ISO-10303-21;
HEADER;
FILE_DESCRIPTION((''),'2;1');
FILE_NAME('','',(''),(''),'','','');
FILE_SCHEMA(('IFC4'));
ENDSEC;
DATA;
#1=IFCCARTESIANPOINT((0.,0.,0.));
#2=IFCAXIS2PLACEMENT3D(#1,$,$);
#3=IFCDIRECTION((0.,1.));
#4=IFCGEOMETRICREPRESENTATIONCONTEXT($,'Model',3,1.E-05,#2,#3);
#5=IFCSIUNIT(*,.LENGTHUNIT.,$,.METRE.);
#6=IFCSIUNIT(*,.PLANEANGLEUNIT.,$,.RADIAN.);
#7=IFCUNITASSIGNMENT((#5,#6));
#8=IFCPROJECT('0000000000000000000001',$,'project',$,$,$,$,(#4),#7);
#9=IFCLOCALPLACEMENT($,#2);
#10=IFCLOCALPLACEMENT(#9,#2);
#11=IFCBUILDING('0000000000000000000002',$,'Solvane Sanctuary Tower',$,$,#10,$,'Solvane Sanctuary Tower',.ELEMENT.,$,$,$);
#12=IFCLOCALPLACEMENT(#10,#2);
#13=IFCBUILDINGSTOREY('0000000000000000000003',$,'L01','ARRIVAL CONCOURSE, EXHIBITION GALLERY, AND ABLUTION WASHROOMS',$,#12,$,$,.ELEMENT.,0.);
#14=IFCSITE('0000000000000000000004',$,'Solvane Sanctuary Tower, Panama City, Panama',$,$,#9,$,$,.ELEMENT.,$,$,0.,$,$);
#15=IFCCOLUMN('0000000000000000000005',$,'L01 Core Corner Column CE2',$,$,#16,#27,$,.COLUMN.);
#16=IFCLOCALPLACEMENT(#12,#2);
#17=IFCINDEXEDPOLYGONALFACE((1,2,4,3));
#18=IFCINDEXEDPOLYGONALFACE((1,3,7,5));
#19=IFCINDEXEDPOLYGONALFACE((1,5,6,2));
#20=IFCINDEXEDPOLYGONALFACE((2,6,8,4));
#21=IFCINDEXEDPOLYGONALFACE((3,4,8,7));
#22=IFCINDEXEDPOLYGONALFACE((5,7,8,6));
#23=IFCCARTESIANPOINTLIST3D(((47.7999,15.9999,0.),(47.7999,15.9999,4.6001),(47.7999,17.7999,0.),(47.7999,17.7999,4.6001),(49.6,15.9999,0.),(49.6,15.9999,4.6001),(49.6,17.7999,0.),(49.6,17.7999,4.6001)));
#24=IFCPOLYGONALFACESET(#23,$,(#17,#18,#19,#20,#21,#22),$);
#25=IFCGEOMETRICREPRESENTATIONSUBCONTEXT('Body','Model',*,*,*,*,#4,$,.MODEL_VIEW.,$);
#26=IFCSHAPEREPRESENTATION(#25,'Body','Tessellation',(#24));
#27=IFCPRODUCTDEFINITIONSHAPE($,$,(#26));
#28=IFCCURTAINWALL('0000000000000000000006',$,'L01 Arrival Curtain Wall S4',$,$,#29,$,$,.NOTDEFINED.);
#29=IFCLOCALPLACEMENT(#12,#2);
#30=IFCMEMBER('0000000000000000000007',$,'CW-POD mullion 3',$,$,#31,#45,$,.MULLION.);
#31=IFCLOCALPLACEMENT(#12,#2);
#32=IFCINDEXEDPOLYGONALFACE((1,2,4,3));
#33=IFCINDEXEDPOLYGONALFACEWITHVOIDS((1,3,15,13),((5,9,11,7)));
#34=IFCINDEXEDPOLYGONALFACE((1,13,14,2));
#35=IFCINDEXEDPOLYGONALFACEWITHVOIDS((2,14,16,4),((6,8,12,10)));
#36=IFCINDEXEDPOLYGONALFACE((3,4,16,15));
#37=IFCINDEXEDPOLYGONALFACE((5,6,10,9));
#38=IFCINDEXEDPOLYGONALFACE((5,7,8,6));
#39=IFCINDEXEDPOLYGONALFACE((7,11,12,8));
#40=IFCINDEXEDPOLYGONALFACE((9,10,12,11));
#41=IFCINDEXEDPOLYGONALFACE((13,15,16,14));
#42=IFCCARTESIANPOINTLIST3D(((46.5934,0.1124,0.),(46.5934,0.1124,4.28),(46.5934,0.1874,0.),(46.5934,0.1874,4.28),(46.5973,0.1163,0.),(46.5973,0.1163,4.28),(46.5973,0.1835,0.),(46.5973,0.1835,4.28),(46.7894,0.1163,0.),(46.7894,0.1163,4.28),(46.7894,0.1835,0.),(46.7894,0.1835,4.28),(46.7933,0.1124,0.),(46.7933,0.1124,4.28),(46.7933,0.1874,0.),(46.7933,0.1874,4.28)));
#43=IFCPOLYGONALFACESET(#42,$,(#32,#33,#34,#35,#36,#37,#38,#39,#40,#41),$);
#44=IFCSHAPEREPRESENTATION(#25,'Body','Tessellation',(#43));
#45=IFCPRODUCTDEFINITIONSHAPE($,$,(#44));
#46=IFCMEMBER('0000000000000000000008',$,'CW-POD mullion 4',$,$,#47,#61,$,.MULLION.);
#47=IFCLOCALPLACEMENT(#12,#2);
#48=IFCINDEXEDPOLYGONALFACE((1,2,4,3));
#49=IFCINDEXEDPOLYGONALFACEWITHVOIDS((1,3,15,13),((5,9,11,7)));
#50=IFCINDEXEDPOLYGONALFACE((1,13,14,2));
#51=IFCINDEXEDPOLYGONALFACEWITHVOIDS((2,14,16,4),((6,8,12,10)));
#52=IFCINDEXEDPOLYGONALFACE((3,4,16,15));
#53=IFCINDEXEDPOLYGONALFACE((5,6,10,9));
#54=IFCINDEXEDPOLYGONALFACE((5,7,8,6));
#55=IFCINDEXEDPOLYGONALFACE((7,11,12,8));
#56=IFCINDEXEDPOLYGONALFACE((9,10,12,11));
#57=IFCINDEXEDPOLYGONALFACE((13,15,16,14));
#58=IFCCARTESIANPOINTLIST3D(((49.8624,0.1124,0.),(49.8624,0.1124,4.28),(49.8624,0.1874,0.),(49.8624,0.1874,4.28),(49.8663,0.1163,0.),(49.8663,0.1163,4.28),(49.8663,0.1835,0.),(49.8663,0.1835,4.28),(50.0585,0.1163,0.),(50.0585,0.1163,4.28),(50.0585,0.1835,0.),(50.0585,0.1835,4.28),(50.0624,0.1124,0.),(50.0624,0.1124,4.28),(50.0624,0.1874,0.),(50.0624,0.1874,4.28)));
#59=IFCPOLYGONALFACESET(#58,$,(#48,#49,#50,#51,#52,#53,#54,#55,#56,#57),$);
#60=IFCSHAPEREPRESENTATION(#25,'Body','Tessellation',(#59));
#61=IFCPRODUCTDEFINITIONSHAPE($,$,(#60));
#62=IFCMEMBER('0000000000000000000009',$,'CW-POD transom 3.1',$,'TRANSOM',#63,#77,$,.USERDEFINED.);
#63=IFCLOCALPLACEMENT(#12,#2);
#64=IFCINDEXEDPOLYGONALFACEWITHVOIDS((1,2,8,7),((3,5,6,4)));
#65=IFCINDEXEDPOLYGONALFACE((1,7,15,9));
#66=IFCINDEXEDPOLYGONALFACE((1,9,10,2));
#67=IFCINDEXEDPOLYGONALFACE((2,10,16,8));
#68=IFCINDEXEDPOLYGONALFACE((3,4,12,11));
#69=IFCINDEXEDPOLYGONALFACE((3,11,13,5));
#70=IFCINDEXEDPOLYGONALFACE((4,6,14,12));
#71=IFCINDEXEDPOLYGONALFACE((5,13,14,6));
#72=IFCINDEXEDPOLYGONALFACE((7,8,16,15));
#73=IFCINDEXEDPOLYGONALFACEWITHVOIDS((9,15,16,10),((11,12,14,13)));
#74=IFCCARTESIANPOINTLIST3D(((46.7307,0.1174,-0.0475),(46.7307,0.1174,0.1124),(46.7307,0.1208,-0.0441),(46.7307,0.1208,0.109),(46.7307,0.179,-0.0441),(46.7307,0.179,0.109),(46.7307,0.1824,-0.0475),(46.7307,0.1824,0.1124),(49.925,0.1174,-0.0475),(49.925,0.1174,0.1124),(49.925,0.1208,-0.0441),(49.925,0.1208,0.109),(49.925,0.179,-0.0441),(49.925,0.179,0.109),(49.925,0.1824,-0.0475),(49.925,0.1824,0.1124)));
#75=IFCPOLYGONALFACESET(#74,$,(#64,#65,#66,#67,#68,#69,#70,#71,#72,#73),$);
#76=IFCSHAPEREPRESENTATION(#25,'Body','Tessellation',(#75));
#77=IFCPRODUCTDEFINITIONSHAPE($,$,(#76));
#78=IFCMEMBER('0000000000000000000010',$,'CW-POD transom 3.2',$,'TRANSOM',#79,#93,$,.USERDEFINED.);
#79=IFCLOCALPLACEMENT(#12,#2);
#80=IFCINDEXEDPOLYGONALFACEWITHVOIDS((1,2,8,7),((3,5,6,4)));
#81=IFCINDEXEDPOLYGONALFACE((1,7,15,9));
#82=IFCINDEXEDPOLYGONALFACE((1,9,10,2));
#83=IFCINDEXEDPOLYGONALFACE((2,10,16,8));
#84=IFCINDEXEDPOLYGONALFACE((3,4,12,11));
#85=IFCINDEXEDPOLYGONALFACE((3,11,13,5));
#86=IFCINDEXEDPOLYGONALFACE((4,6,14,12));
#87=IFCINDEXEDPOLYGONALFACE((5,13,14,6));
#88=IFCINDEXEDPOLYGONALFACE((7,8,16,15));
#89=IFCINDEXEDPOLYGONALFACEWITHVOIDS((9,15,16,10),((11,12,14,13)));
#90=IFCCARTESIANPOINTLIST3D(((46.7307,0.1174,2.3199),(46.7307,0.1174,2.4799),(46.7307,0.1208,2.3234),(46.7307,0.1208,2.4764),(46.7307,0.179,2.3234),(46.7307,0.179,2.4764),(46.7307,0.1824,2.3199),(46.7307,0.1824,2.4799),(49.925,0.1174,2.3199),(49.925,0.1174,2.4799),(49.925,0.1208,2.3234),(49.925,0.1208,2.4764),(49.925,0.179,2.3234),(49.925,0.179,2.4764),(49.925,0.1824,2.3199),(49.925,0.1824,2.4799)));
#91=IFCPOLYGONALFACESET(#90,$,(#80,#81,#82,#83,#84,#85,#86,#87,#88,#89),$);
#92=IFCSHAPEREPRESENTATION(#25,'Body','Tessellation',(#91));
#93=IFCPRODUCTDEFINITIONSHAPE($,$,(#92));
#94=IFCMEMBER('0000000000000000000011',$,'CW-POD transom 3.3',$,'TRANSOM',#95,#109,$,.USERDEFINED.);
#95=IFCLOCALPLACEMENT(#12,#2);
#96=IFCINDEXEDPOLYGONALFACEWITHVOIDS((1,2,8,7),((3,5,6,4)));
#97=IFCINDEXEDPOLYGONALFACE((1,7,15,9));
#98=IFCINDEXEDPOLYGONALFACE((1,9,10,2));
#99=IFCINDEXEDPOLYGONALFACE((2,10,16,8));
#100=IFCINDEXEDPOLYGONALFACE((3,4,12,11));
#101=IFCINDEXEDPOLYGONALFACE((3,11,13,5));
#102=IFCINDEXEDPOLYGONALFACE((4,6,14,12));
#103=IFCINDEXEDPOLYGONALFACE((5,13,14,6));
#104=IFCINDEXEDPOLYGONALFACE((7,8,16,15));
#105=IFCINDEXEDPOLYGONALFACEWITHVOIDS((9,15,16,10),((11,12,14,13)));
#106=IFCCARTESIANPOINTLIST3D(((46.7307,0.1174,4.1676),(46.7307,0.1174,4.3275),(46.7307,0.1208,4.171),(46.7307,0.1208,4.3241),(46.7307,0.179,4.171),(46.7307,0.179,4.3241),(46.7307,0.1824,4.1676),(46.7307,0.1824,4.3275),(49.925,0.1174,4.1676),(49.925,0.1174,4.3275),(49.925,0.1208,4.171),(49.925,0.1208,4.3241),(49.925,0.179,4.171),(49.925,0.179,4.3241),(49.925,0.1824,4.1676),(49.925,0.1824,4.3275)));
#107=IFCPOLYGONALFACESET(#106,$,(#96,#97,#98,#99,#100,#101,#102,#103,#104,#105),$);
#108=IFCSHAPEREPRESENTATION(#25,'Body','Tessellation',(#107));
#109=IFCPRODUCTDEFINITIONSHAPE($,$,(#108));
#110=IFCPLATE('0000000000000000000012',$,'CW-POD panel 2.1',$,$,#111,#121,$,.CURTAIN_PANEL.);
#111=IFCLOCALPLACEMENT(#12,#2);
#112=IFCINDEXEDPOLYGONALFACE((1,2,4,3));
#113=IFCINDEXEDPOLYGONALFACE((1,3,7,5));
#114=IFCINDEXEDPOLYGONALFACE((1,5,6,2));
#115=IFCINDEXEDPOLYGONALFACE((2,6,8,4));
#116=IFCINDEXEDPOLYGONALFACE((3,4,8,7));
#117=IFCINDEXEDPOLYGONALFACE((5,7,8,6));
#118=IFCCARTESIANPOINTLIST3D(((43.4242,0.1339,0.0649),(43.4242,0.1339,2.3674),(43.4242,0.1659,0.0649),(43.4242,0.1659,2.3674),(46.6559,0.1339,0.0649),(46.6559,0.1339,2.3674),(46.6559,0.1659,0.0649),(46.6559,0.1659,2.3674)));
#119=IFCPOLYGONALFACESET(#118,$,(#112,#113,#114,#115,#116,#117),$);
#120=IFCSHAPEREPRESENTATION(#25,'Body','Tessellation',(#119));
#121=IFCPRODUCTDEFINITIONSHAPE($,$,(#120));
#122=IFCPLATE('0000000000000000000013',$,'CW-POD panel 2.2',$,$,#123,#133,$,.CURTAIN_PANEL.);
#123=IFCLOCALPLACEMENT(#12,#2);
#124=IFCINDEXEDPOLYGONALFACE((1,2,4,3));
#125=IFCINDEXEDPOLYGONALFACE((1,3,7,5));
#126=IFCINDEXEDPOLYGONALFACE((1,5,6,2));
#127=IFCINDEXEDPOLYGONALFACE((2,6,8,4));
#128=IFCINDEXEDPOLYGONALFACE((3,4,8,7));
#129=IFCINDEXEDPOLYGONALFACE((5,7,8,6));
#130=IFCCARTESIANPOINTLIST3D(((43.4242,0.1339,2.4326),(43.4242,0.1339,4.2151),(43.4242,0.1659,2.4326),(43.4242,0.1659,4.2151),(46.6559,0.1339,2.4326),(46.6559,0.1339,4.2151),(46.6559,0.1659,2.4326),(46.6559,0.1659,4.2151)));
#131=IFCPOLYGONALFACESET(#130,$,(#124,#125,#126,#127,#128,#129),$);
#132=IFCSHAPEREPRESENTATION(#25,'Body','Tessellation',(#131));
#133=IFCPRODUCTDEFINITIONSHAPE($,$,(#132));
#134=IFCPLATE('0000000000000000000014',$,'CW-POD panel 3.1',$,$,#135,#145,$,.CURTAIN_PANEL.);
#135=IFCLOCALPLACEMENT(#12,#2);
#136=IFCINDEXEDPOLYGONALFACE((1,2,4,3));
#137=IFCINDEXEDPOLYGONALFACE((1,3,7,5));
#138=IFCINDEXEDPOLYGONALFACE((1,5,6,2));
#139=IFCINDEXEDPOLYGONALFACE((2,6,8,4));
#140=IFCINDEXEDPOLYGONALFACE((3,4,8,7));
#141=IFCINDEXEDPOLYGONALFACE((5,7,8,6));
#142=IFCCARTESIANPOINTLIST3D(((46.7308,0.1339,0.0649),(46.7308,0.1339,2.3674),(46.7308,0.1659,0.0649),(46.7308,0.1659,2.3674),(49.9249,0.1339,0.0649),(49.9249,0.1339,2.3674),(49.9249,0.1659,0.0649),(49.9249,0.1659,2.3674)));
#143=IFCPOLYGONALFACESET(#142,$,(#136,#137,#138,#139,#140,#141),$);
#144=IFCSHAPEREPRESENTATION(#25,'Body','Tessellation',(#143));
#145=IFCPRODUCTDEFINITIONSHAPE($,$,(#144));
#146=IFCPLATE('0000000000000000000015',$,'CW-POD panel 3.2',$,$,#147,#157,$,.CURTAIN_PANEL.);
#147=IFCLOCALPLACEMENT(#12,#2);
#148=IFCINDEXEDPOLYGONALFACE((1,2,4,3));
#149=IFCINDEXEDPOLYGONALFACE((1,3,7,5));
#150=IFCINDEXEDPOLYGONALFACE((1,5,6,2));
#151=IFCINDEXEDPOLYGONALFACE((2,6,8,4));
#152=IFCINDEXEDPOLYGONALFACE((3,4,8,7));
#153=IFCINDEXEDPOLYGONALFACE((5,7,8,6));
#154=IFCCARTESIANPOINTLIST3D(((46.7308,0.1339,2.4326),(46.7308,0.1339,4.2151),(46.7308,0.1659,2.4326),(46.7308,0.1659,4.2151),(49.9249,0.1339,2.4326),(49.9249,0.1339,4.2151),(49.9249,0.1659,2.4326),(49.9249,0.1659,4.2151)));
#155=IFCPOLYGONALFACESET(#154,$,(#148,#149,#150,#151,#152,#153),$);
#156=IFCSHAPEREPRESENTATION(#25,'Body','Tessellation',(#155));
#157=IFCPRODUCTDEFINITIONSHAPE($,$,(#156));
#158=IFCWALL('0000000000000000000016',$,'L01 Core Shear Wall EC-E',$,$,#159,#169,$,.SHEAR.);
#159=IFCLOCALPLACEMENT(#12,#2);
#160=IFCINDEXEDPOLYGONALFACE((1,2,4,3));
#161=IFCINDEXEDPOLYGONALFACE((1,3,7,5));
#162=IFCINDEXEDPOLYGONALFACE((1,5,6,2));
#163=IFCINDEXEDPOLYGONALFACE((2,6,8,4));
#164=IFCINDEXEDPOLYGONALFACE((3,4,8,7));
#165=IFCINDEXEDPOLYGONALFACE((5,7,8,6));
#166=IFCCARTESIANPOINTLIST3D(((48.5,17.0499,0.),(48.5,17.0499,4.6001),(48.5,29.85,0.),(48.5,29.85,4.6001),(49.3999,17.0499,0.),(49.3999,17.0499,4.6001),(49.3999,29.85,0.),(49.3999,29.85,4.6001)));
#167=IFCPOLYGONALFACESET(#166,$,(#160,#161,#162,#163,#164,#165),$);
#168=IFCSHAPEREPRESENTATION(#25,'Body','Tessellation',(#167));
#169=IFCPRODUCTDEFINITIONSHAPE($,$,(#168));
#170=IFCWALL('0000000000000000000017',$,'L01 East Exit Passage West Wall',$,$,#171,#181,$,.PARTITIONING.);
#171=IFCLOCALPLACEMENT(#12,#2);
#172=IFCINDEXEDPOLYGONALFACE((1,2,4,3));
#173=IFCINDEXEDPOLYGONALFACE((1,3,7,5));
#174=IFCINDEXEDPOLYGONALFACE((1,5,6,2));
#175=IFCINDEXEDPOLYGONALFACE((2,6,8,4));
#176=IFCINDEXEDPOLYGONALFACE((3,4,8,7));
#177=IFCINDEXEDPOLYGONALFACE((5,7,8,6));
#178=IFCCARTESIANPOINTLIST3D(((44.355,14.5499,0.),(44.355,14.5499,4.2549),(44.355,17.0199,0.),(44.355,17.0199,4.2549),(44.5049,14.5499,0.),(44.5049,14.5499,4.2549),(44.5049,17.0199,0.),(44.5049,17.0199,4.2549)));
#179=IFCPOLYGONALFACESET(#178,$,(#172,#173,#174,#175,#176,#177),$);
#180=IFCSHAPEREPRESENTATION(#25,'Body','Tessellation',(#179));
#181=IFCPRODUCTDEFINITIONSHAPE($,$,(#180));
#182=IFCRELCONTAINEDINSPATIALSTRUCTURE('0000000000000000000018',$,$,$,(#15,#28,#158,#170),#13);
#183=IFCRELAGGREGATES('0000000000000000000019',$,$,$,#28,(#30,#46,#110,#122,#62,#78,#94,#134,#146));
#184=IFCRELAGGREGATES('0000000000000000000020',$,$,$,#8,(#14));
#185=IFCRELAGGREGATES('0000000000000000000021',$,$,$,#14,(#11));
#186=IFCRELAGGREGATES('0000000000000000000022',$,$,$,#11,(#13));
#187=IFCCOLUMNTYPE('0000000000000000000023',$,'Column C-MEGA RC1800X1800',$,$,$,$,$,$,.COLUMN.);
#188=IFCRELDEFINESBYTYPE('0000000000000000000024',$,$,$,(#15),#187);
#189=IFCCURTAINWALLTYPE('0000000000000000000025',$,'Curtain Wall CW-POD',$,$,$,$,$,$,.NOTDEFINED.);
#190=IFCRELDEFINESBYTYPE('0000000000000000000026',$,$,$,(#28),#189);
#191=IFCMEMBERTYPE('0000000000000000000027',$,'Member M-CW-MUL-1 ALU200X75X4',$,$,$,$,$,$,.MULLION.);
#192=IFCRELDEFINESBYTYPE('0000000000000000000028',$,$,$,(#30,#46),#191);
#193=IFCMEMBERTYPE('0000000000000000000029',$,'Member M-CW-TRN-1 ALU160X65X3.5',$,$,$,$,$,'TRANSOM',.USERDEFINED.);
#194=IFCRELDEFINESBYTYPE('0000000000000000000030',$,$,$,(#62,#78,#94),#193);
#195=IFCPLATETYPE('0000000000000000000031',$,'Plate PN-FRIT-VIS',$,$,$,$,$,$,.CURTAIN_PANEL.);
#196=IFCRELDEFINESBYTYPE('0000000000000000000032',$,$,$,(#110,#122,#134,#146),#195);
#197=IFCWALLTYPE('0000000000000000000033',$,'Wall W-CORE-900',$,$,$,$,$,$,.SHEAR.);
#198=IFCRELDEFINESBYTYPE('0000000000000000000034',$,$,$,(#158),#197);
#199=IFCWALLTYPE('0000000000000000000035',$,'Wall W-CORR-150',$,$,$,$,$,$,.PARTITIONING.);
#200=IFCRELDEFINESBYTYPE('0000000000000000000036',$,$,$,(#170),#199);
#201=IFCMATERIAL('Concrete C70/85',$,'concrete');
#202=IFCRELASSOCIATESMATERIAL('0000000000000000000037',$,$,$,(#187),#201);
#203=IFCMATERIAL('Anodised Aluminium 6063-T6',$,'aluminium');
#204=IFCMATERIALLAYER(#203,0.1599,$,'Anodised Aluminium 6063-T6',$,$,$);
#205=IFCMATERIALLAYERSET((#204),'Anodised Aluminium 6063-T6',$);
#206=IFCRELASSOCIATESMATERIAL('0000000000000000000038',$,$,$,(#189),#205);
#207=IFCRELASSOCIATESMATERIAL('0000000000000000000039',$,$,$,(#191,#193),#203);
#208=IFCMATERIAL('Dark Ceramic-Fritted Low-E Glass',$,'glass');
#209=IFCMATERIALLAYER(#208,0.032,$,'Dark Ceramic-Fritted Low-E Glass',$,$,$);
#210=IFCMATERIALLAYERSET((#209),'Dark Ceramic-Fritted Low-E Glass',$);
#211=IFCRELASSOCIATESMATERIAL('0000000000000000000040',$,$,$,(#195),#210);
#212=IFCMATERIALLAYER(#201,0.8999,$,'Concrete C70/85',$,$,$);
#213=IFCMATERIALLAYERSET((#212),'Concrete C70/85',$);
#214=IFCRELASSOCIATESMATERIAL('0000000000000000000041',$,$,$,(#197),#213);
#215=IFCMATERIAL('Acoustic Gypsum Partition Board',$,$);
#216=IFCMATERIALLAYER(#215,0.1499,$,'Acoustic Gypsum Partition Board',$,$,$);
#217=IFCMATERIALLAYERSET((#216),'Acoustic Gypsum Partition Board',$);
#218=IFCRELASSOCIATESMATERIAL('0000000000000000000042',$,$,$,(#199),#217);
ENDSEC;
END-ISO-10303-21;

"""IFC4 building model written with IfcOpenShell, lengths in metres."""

from ifc_helpers import new_model, si_unit, direction, frame, frame_2d, origin, origin_2d, place, context, subcontext, project, spatial, rectangle, hollow_rectangle, extrude, material, layer, layer_set, material_profile, profile_set, type_object, element, aggregate, save


model = new_model("IFC4")

# Units and contexts
model_context = context("Model", 3, precision=1e-05, world=origin(), true_north=direction((0.0, 1.0)))
body_context = subcontext(model_context, "Body", "Model", "MODEL_VIEW")
ifc_project = project(units=[si_unit("LENGTHUNIT", "METRE"), si_unit("PLANEANGLEUNIT", "RADIAN")], contexts=[model_context])

# Site, building, storey
site_placement = place(None, origin())
site = spatial("IfcSite", under=ifc_project, at=site_placement, Name="Solvane Sanctuary Tower, Panama City, Panama", CompositionType="ELEMENT", RefElevation=0.0)
building_placement = place(site_placement, origin())
building = spatial("IfcBuilding", under=site, at=building_placement, Name="Solvane Sanctuary Tower", LongName="Solvane Sanctuary Tower", CompositionType="ELEMENT")
storey_placement = place(building_placement, origin())
storey = spatial("IfcBuildingStorey", under=building, at=storey_placement, Name="L01", Description="ARRIVAL CONCOURSE, EXHIBITION GALLERY, AND ABLUTION WASHROOMS", CompositionType="ELEMENT", Elevation=0.0)

# Column
ifc_material_1 = material(Name="Concrete C70/85", Category="concrete")
ifc_material_profile_1 = material_profile(ifc_material_1, rectangle(XDim=1.8, YDim=1.8, at=origin_2d()), Name="RC1800X1800")
ifc_profile_set_1 = profile_set([ifc_material_profile_1], Name="Concrete C70/85")
column_type = type_object("IfcColumnType", Name="Column C-MEGA RC1800X1800", PredefinedType="COLUMN", material=ifc_profile_set_1)
column_placement = place(storey_placement, frame((48.7, 16.8999, 0.0), z_axis=(0.0, 0.0, 1.0), x_axis=(1.0, 0.0, 0.0)))
element("IfcColumn", 1, at=column_placement, inside=storey, type_object=column_type, Name="L01 Core Corner Column CE2", PredefinedType="COLUMN", context=body_context, shape_type="SweptSolid", body=[
    extrude(rectangle(XDim=1.8, YDim=1.8, at=origin_2d()), origin(), (0.0, 0.0, 1.0), 4.6001),
])

# Curtain wall, members, plates
ifc_material_2 = material(Name="Anodised Aluminium 6063-T6", Category="aluminium")
ifc_layer_1 = layer(ifc_material_2, 0.1599, Name="Anodised Aluminium 6063-T6")
ifc_layer_set_1 = layer_set([ifc_layer_1], Name="Anodised Aluminium 6063-T6")
curtain_wall_type = type_object("IfcCurtainWallType", Name="Curtain Wall CW-POD", PredefinedType="NOTDEFINED", material=ifc_layer_set_1)
curtain_wall_placement = place(storey_placement, origin())
curtain_wall = element("IfcCurtainWall", 2, at=curtain_wall_placement, inside=storey, type_object=curtain_wall_type, Name="L01 Arrival Curtain Wall S4", PredefinedType="NOTDEFINED")
ifc_material_profile_2 = material_profile(ifc_material_2, hollow_rectangle(XDim=0.075, YDim=0.2, WallThickness=0.0039, at=origin_2d()), Name="ALU200X75X4")
ifc_profile_set_2 = profile_set([ifc_material_profile_2], Name="Anodised Aluminium 6063-T6")
member_type_1 = type_object("IfcMemberType", Name="Member M-CW-MUL-1 ALU200X75X4", PredefinedType="MULLION", material=ifc_profile_set_2)
member_1_placement = place(storey_placement, frame((46.6934, 0.1499, 0.0), z_axis=(0.0, 0.0, 1.0), x_axis=(0.0, 1.0, 0.0)))
member_1 = element("IfcMember", 3, at=member_1_placement, type_object=member_type_1, Name="CW-POD mullion 3", PredefinedType="MULLION", context=body_context, shape_type="SweptSolid", body=[
    extrude(hollow_rectangle(XDim=0.075, YDim=0.2, WallThickness=0.0039, at=origin_2d()), origin(), (0.0, 0.0, 1.0), 4.28),
])
member_2_placement = place(storey_placement, frame((49.9624, 0.1499, 0.0), z_axis=(0.0, 0.0, 1.0), x_axis=(0.0, 1.0, 0.0)))
member_2 = element("IfcMember", 4, at=member_2_placement, type_object=member_type_1, Name="CW-POD mullion 4", PredefinedType="MULLION", context=body_context, shape_type="SweptSolid", body=[
    extrude(hollow_rectangle(XDim=0.075, YDim=0.2, WallThickness=0.0039, at=origin_2d()), origin(), (0.0, 0.0, 1.0), 4.28),
])
ifc_material_profile_3 = material_profile(ifc_material_2, hollow_rectangle(XDim=0.0649, YDim=0.1599, WallThickness=0.0034, at=origin_2d()), Name="ALU160X65X3.5")
ifc_profile_set_3 = profile_set([ifc_material_profile_3], Name="Anodised Aluminium 6063-T6")
member_type_2 = type_object("IfcMemberType", Name="Member M-CW-TRN-1 ALU160X65X3.5", ElementType="TRANSOM", PredefinedType="USERDEFINED", material=ifc_profile_set_3)
member_3_placement = place(storey_placement, frame((46.7307, 0.1499, 0.0325), z_axis=(1.0, 0.0, 0.0), x_axis=(0.0, 1.0, 0.0)))
member_3 = element("IfcMember", 5, at=member_3_placement, type_object=member_type_2, Name="CW-POD transom 3.1", ObjectType="TRANSOM", PredefinedType="USERDEFINED", context=body_context, shape_type="SweptSolid", body=[
    extrude(hollow_rectangle(XDim=0.0649, YDim=0.1599, WallThickness=0.0034, at=origin_2d()), origin(), (0.0, 0.0, 1.0), 3.1943),
])
member_4_placement = place(storey_placement, frame((46.7307, 0.1499, 2.3999), z_axis=(1.0, 0.0, 0.0), x_axis=(0.0, 1.0, 0.0)))
member_4 = element("IfcMember", 6, at=member_4_placement, type_object=member_type_2, Name="CW-POD transom 3.2", ObjectType="TRANSOM", PredefinedType="USERDEFINED", context=body_context, shape_type="SweptSolid", body=[
    extrude(hollow_rectangle(XDim=0.0649, YDim=0.1599, WallThickness=0.0034, at=origin_2d()), origin(), (0.0, 0.0, 1.0), 3.1943),
])
member_5_placement = place(storey_placement, frame((46.7307, 0.1499, 4.2476), z_axis=(1.0, 0.0, 0.0), x_axis=(0.0, 1.0, 0.0)))
member_5 = element("IfcMember", 7, at=member_5_placement, type_object=member_type_2, Name="CW-POD transom 3.3", ObjectType="TRANSOM", PredefinedType="USERDEFINED", context=body_context, shape_type="SweptSolid", body=[
    extrude(hollow_rectangle(XDim=0.0649, YDim=0.1599, WallThickness=0.0034, at=origin_2d()), origin(), (0.0, 0.0, 1.0), 3.1943),
])
ifc_material_3 = material(Name="Dark Ceramic-Fritted Low-E Glass", Category="glass")
ifc_layer_2 = layer(ifc_material_3, 0.032, Name="Dark Ceramic-Fritted Low-E Glass")
ifc_layer_set_2 = layer_set([ifc_layer_2], Name="Dark Ceramic-Fritted Low-E Glass")
plate_type = type_object("IfcPlateType", Name="Plate PN-FRIT-VIS", PredefinedType="CURTAIN_PANEL", material=ifc_layer_set_2)
plate_1_placement = place(storey_placement, frame((45.04, 0.1499, 0.0649), z_axis=(0.0, 0.0, 1.0), x_axis=(1.0, 0.0, 0.0)))
plate_1 = element("IfcPlate", 8, at=plate_1_placement, type_object=plate_type, Name="CW-POD panel 2.1", PredefinedType="CURTAIN_PANEL", context=body_context, shape_type="SweptSolid", body=[
    extrude(rectangle(XDim=3.2317, YDim=0.032, at=origin_2d()), origin(), (0.0, 0.0, 1.0), 2.3025),
])
plate_2_placement = place(storey_placement, frame((45.04, 0.1499, 2.4326), z_axis=(0.0, 0.0, 1.0), x_axis=(1.0, 0.0, 0.0)))
plate_2 = element("IfcPlate", 9, at=plate_2_placement, type_object=plate_type, Name="CW-POD panel 2.2", PredefinedType="CURTAIN_PANEL", context=body_context, shape_type="SweptSolid", body=[
    extrude(rectangle(XDim=3.2317, YDim=0.032, at=origin_2d()), origin(), (0.0, 0.0, 1.0), 1.7825),
])
plate_3_placement = place(storey_placement, frame((48.3279, 0.1499, 0.0649), z_axis=(0.0, 0.0, 1.0), x_axis=(1.0, 0.0, 0.0)))
plate_3 = element("IfcPlate", 10, at=plate_3_placement, type_object=plate_type, Name="CW-POD panel 3.1", PredefinedType="CURTAIN_PANEL", context=body_context, shape_type="SweptSolid", body=[
    extrude(rectangle(XDim=3.1941, YDim=0.032, at=origin_2d()), origin(), (0.0, 0.0, 1.0), 2.3025),
])
plate_4_placement = place(storey_placement, frame((48.3279, 0.1499, 2.4326), z_axis=(0.0, 0.0, 1.0), x_axis=(1.0, 0.0, 0.0)))
plate_4 = element("IfcPlate", 11, at=plate_4_placement, type_object=plate_type, Name="CW-POD panel 3.2", PredefinedType="CURTAIN_PANEL", context=body_context, shape_type="SweptSolid", body=[
    extrude(rectangle(XDim=3.1941, YDim=0.032, at=origin_2d()), origin(), (0.0, 0.0, 1.0), 1.7825),
])
aggregate(curtain_wall, [member_1, member_2, plate_1, plate_2, member_3, member_4, member_5, plate_3, plate_4])

# Walls
ifc_layer_3 = layer(ifc_material_1, 0.8999, Name="Concrete C70/85")
ifc_layer_set_3 = layer_set([ifc_layer_3], Name="Concrete C70/85")
wall_type_1 = type_object("IfcWallType", Name="Wall W-CORE-900", PredefinedType="SHEAR", material=ifc_layer_set_3)
wall_1_placement = place(storey_placement, frame((48.95, 17.05, 0.0), z_axis=(0.0, 0.0, 1.0), x_axis=(0.0, 1.0, 0.0)))
element("IfcWall", 12, at=wall_1_placement, inside=storey, type_object=wall_type_1, Name="L01 Core Shear Wall EC-E", PredefinedType="SHEAR", context=body_context, shape_type="SweptSolid", body=[
    extrude(rectangle(XDim=12.8, YDim=0.8999, at=frame_2d((6.3999, 0.0))), origin(), (0.0, 0.0, 1.0), 4.6001),
])
ifc_material_4 = material(Name="Acoustic Gypsum Partition Board")
ifc_layer_4 = layer(ifc_material_4, 0.1499, Name="Acoustic Gypsum Partition Board")
ifc_layer_set_4 = layer_set([ifc_layer_4], Name="Acoustic Gypsum Partition Board")
wall_type_2 = type_object("IfcWallType", Name="Wall W-CORR-150", PredefinedType="PARTITIONING", material=ifc_layer_set_4)
wall_2_placement = place(storey_placement, frame((44.4299, 14.55, 0.0), z_axis=(0.0, 0.0, 1.0), x_axis=(0.0, 1.0, 0.0)))
element("IfcWall", 13, at=wall_2_placement, inside=storey, type_object=wall_type_2, Name="L01 East Exit Passage West Wall", PredefinedType="PARTITIONING", context=body_context, shape_type="SweptSolid", body=[
    extrude(rectangle(XDim=2.47, YDim=0.1499, at=frame_2d((1.2349, 0.0))), origin(), (0.0, 0.0, 1.0), 4.2549),
])

save(model, "model.ifc")
